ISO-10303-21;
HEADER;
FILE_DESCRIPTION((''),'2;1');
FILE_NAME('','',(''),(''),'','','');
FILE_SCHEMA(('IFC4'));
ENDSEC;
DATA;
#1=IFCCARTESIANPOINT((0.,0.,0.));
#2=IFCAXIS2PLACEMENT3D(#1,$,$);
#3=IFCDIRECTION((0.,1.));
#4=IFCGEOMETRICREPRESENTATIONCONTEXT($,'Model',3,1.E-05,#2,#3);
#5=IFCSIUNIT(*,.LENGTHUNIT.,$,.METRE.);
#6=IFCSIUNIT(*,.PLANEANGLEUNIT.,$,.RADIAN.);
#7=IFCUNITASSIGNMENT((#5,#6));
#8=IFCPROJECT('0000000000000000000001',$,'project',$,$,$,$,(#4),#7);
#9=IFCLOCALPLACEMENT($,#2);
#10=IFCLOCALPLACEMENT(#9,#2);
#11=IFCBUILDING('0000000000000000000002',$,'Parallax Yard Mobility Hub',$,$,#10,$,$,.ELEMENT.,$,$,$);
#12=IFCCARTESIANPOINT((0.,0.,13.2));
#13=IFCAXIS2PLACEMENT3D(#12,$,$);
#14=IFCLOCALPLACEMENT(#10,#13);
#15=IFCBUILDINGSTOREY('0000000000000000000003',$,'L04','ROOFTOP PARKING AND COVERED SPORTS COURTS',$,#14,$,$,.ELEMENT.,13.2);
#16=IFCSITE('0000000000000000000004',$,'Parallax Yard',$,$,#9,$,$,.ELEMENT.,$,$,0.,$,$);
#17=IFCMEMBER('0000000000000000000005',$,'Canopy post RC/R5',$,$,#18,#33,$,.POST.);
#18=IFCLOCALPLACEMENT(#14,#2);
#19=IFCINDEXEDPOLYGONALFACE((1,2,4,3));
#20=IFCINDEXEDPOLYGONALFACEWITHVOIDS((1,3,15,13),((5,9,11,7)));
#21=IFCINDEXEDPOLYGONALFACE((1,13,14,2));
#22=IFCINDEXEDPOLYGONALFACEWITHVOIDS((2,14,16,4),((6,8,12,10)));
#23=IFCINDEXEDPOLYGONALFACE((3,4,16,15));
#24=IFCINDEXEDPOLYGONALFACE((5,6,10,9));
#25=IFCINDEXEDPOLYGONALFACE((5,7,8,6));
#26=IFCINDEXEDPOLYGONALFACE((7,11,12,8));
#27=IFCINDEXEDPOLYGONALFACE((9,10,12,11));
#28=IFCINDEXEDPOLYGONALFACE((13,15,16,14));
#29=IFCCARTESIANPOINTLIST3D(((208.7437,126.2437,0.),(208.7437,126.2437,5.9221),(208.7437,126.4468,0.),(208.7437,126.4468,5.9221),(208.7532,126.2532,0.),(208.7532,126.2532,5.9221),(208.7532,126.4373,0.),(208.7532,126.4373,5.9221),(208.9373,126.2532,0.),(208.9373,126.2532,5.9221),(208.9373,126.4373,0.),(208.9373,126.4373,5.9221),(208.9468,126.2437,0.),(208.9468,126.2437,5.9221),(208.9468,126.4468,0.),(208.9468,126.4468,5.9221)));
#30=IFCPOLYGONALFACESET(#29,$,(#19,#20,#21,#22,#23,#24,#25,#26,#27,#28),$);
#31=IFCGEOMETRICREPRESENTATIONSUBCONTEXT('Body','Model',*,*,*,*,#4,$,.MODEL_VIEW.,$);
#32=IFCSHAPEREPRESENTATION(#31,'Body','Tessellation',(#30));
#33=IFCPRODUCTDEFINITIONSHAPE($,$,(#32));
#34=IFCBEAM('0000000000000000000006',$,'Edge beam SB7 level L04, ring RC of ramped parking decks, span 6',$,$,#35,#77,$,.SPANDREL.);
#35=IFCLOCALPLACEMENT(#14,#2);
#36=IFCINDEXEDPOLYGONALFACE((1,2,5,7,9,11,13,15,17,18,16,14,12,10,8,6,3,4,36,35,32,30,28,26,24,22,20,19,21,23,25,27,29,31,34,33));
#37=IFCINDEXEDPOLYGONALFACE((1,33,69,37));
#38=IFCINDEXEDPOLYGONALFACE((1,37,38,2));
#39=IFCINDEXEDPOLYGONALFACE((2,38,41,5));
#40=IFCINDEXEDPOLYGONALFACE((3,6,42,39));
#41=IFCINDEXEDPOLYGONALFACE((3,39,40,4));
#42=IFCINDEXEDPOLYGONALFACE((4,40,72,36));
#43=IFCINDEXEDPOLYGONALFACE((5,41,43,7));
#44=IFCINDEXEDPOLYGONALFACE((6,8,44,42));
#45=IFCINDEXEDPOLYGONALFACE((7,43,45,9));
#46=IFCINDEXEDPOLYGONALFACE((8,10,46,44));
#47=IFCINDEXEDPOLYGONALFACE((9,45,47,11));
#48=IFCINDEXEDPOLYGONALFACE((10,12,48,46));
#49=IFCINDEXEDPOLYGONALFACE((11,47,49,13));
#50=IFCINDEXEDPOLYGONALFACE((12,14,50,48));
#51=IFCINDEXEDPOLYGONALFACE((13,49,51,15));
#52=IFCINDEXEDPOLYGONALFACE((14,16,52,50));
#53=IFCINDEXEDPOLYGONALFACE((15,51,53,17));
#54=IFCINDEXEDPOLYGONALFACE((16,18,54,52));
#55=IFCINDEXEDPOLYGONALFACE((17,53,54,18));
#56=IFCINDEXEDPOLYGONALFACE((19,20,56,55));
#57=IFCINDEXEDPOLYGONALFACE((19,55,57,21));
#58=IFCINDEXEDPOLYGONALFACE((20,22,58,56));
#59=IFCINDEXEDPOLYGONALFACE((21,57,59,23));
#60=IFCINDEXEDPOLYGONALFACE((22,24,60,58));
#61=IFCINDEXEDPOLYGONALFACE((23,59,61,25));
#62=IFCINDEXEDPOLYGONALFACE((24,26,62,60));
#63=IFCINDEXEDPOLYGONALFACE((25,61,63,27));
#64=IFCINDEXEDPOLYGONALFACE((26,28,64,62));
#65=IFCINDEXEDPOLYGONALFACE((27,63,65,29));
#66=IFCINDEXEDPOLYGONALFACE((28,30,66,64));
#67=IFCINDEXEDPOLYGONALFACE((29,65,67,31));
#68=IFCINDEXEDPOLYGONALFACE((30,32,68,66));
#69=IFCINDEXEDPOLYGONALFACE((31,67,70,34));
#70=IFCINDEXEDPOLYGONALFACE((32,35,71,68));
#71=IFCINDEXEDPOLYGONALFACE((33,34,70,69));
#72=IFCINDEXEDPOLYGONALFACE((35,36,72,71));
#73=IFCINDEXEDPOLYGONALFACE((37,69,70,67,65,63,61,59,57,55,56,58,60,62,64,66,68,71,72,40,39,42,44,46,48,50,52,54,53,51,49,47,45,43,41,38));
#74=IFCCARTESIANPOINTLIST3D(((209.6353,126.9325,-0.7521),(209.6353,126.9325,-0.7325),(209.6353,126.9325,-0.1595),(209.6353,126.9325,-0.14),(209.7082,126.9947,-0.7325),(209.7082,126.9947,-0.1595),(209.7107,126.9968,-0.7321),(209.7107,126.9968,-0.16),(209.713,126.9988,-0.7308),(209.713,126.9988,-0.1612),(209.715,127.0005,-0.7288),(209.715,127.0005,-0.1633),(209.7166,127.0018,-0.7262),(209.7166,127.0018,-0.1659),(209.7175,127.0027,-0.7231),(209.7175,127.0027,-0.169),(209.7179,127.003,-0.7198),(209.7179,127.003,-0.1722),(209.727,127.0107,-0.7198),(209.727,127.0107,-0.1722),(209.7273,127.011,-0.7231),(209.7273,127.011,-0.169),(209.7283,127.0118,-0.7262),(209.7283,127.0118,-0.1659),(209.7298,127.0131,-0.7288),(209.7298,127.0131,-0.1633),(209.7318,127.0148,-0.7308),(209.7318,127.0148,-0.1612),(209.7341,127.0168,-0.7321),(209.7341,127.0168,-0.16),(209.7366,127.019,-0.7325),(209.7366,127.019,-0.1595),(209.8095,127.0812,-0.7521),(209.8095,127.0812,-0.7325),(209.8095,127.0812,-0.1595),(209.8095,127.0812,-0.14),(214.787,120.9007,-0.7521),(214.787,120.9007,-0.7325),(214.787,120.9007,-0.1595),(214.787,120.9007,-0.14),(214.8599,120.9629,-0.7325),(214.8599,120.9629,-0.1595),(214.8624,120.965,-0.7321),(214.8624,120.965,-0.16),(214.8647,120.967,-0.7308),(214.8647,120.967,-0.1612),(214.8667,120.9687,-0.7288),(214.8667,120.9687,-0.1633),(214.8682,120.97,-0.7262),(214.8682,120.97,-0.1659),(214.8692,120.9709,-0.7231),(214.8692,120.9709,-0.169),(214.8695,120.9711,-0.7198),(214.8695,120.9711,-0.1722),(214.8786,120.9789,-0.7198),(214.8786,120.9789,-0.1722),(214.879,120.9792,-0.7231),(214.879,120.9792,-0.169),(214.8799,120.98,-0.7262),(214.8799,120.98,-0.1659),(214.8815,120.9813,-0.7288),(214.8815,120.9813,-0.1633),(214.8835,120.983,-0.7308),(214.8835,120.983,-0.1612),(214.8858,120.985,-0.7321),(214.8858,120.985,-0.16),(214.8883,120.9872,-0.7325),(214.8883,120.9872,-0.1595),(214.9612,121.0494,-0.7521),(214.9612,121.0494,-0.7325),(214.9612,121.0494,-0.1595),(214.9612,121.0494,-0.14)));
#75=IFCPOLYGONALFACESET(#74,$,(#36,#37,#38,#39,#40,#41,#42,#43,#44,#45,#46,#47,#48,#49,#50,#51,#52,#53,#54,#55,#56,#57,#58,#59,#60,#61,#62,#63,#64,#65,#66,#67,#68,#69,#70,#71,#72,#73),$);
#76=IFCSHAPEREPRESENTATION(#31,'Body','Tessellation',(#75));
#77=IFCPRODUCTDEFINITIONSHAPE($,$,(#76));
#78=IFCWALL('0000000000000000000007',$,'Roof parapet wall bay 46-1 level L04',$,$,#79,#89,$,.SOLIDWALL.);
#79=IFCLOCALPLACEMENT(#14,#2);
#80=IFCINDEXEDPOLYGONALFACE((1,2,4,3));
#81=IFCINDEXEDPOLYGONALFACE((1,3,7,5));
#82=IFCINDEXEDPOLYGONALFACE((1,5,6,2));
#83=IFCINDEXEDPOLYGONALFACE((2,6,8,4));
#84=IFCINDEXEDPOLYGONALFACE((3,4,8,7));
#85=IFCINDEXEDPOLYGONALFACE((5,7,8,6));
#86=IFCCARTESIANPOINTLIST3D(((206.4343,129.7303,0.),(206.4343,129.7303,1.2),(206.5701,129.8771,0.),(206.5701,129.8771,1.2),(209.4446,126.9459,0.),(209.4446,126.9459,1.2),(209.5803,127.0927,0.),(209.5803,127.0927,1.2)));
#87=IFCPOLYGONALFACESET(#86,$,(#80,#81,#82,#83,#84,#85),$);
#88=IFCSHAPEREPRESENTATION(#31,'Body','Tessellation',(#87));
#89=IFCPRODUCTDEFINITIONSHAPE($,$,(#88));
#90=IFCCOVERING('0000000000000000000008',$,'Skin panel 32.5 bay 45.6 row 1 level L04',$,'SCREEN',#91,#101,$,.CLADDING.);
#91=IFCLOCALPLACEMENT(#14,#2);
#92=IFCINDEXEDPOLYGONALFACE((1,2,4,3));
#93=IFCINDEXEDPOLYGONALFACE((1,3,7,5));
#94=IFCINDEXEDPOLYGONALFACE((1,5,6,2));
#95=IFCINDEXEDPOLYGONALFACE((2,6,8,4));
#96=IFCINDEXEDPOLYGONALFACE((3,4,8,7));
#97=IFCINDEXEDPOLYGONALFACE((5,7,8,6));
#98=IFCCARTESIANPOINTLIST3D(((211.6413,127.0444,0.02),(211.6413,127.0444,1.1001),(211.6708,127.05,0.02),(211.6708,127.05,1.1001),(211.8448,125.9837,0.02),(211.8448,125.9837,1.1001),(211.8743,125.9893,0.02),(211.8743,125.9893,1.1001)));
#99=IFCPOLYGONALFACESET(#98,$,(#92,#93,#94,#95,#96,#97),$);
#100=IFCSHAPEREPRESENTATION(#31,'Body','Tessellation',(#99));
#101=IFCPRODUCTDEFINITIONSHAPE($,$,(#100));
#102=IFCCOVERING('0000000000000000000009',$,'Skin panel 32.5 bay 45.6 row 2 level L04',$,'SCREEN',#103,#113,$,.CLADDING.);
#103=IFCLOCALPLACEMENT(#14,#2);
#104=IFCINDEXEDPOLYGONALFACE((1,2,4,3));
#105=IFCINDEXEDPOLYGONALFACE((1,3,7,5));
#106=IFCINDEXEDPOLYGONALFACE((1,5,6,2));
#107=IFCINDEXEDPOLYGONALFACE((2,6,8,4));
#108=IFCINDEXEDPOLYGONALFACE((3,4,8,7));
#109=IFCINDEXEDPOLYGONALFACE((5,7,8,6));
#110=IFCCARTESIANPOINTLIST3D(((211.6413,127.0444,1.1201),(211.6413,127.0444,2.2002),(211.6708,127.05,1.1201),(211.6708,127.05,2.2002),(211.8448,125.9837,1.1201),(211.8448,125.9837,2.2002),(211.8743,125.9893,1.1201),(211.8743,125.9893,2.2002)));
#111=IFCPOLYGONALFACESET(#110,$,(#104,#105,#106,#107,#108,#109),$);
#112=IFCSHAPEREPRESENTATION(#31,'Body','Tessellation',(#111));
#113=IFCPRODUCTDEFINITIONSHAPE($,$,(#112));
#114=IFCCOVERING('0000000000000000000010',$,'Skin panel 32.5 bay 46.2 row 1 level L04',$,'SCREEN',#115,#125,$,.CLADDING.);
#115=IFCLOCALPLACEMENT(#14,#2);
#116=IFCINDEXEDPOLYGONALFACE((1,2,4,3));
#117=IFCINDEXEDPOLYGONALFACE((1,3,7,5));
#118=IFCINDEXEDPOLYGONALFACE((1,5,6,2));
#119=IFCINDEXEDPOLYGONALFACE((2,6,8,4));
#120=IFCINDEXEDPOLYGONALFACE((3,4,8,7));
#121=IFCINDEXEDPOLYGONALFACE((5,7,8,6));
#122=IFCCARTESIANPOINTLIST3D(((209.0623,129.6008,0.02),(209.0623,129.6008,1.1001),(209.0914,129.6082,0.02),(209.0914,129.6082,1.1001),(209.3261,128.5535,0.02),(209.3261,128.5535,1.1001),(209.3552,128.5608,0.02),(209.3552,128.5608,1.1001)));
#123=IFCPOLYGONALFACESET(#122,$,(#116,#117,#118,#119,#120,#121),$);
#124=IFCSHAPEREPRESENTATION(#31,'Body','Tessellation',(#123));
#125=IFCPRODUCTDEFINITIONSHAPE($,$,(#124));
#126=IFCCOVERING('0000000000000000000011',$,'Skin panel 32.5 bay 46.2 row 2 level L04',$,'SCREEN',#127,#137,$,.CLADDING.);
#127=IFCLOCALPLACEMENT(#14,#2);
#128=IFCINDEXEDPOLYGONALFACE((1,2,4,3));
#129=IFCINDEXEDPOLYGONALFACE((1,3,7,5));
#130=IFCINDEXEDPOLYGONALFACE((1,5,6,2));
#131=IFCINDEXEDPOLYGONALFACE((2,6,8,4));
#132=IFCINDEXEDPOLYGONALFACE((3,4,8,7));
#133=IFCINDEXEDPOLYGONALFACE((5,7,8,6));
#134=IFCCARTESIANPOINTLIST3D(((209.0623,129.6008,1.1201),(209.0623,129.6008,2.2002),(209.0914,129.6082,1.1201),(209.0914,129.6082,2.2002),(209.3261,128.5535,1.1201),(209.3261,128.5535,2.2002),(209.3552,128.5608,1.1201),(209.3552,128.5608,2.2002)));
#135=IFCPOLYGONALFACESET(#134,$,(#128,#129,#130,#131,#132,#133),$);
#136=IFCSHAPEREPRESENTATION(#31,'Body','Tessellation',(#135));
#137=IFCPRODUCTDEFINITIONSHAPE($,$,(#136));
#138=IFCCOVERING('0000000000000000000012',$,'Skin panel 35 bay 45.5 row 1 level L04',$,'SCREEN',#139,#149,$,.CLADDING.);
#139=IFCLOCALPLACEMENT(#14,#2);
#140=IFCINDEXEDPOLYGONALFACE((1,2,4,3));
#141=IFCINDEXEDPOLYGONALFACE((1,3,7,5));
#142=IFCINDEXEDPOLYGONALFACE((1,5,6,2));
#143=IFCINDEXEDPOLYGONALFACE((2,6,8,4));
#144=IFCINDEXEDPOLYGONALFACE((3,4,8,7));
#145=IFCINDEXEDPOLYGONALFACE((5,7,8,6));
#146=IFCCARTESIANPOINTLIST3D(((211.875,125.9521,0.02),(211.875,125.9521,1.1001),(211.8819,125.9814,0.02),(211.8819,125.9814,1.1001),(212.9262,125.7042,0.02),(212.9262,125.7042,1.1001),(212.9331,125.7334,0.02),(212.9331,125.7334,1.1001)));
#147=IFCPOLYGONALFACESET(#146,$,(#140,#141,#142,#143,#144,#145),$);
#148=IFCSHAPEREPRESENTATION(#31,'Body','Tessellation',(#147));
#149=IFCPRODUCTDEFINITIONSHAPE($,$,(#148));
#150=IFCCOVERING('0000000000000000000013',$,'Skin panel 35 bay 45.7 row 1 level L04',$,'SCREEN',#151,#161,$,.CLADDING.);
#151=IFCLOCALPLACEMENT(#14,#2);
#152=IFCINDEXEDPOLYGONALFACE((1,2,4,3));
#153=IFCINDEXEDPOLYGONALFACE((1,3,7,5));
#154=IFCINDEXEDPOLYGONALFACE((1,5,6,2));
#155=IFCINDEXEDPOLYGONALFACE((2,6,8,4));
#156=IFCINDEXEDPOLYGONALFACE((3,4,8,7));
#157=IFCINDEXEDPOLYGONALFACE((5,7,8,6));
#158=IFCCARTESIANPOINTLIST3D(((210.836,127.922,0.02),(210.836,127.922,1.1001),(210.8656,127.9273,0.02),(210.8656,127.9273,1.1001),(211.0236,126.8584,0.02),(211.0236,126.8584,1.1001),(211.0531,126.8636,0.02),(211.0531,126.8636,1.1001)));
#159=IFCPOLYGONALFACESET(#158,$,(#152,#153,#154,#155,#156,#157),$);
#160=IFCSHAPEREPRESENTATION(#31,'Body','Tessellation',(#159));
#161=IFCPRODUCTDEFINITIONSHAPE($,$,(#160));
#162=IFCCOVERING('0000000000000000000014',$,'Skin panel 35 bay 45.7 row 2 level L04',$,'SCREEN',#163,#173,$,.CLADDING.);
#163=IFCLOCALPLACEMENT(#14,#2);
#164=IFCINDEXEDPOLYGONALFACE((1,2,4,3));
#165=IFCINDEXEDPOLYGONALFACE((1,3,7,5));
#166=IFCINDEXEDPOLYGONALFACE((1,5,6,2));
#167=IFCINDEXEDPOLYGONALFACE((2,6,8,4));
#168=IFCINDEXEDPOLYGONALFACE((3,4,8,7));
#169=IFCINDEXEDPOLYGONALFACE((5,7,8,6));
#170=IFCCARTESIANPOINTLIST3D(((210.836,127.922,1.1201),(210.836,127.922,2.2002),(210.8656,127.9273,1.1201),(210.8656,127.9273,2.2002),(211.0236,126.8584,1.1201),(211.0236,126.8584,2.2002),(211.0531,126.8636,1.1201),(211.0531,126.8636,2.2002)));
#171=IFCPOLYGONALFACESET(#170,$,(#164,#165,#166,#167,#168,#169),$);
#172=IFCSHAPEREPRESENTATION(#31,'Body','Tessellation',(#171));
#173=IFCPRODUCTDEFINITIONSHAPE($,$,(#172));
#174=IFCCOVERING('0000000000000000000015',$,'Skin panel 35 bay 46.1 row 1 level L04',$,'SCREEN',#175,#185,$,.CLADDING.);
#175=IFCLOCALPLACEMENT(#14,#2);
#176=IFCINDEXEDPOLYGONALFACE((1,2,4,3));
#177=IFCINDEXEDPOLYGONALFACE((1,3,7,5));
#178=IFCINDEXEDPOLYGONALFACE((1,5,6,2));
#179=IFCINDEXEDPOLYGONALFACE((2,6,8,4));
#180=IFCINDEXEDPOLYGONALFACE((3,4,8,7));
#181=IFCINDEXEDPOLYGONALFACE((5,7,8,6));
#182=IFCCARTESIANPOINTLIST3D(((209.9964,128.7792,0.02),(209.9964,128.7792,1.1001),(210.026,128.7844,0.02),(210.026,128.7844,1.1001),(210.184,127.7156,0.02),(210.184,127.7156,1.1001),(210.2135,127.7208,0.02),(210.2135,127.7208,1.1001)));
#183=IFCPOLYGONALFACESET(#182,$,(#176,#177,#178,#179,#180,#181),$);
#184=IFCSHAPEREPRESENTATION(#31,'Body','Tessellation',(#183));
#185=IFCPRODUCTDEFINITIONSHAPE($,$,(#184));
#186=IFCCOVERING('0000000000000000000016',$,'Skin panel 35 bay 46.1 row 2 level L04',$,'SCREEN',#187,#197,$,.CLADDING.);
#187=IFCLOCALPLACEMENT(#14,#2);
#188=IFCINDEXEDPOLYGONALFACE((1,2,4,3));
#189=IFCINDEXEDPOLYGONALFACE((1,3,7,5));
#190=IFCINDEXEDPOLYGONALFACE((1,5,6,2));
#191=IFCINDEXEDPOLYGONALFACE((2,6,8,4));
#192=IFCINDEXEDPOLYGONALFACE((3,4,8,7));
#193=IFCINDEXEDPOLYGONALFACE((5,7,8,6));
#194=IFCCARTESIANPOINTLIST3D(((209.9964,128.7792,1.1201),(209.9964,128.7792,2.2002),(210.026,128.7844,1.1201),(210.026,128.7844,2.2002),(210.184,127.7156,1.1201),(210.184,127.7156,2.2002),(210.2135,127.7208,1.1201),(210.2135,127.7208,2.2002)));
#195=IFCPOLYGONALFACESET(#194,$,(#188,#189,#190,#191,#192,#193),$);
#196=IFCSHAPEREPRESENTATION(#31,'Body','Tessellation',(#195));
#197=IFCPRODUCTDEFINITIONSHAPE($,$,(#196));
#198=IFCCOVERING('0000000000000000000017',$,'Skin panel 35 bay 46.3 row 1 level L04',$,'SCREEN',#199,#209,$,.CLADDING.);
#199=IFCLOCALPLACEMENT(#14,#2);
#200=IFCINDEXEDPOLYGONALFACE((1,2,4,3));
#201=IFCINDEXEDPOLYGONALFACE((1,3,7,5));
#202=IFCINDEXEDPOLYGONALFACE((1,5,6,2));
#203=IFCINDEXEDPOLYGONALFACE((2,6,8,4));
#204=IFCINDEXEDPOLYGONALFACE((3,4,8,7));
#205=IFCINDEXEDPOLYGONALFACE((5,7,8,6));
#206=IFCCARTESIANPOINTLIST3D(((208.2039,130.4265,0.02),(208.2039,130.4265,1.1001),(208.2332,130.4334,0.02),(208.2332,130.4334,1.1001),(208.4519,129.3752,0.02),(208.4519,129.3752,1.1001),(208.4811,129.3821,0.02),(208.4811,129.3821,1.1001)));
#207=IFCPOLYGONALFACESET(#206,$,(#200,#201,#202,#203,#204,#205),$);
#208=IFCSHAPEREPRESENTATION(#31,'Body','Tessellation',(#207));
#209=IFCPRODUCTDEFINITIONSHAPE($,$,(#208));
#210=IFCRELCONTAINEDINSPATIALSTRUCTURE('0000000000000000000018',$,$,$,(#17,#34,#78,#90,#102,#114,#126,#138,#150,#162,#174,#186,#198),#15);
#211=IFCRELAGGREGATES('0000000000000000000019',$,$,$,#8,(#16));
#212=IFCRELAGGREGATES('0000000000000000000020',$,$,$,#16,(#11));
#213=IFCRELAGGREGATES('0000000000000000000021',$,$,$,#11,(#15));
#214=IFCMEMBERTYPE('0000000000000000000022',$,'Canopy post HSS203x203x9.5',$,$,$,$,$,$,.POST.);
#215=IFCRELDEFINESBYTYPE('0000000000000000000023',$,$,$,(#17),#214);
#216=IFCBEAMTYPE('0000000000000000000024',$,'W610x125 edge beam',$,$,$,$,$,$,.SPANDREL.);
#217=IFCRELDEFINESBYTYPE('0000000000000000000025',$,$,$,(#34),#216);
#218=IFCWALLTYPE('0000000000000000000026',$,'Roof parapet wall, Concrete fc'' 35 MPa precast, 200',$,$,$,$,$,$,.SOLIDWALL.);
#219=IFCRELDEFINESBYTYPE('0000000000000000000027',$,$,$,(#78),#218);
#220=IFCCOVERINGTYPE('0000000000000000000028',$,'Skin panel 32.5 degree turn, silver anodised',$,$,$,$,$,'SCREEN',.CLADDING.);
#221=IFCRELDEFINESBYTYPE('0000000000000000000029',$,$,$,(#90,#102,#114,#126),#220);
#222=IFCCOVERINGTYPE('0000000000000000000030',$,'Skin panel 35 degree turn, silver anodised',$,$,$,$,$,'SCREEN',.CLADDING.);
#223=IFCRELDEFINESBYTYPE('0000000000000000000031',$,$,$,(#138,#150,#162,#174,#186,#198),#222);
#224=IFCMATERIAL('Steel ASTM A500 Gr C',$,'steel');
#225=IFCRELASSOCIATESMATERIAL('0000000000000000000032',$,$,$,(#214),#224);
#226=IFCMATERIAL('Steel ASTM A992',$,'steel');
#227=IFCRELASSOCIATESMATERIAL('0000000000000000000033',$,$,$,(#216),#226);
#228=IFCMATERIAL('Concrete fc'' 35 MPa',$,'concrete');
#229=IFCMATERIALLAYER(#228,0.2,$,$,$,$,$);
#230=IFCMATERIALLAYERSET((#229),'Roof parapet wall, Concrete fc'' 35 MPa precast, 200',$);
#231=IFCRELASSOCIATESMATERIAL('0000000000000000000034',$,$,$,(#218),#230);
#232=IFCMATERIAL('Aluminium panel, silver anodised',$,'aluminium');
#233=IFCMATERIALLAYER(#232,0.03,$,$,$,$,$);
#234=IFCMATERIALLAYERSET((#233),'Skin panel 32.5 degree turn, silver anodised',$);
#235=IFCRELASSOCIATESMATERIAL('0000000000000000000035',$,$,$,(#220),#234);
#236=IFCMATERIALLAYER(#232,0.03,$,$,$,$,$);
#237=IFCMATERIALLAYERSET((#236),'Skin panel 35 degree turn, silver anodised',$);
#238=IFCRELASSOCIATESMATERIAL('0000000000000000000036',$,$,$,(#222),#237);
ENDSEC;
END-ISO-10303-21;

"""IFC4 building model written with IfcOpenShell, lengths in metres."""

from ifc_helpers import new_model, si_unit, direction, frame, frame_2d, origin, origin_2d, place, context, subcontext, project, spatial, rectangle, hollow_rectangle, i_section, extrude, material, layer, layer_set, material_profile, profile_set, type_object, element, save


model = new_model("IFC4")

# Units and contexts
model_context = context("Model", 3, precision=1e-05, world=origin(), true_north=direction((0.0, 1.0)))
body_context = subcontext(model_context, "Body", "Model", "MODEL_VIEW")
ifc_project = project(units=[si_unit("LENGTHUNIT", "METRE"), si_unit("PLANEANGLEUNIT", "RADIAN")], contexts=[model_context])

# Site, building, storey
site_placement = place(None, origin())
site = spatial("IfcSite", under=ifc_project, at=site_placement, Name="Parallax Yard", CompositionType="ELEMENT", RefElevation=0.0)
building_placement = place(site_placement, origin())
building = spatial("IfcBuilding", under=site, at=building_placement, Name="Parallax Yard Mobility Hub", CompositionType="ELEMENT")
storey_placement = place(building_placement, frame((0.0, 0.0, 13.2)))
storey = spatial("IfcBuildingStorey", under=building, at=storey_placement, Name="L04", Description="ROOFTOP PARKING AND COVERED SPORTS COURTS", CompositionType="ELEMENT", Elevation=13.2)

# Member
ifc_material_1 = material(Name="Steel ASTM A500 Gr C", Category="steel")
ifc_material_profile_1 = material_profile(ifc_material_1, hollow_rectangle(XDim=0.2031, YDim=0.2031, WallThickness=0.0095, at=origin_2d()), Name="HSS203x203x9.5")
ifc_profile_set_1 = profile_set([ifc_material_profile_1], Name="Steel ASTM A500 Gr C")
member_type = type_object("IfcMemberType", Name="Canopy post HSS203x203x9.5", PredefinedType="POST", material=ifc_profile_set_1)
member_placement = place(storey_placement, frame((208.8452, 126.3452, 0.0), z_axis=(0.0, 0.0, 1.0), x_axis=(1.0, 0.0, 0.0)))
element("IfcMember", 1, at=member_placement, inside=storey, type_object=member_type, Name="Canopy post RC/R5", PredefinedType="POST", context=body_context, shape_type="SweptSolid", body=[
    extrude(hollow_rectangle(XDim=0.2031, YDim=0.2031, WallThickness=0.0095, at=origin_2d()), origin(), (0.0, 0.0, 1.0), 5.9221),
])

# Beam
ifc_material_2 = material(Name="Steel ASTM A992", Category="steel")
ifc_material_profile_2 = material_profile(ifc_material_2, i_section(OverallWidth=0.229, OverallDepth=0.6121, WebThickness=0.012, FlangeThickness=0.0195, FilletRadius=0.0127, at=origin_2d()), Name="W610x125")
ifc_profile_set_2 = profile_set([ifc_material_profile_2], Name="Steel ASTM A992")
beam_type = type_object("IfcBeamType", Name="W610x125 edge beam", PredefinedType="SPANDREL", material=ifc_profile_set_2)
beam_placement = place(storey_placement, frame((209.7224, 127.0068, -0.446), z_axis=(0.64945, -0.760405, 0.0), x_axis=(0.760405, 0.64945, 0.0)))
element("IfcBeam", 2, at=beam_placement, inside=storey, type_object=beam_type, Name="Edge beam SB7 level L04, ring RC of ramped parking decks, span 6", PredefinedType="SPANDREL", context=body_context, shape_type="SweptSolid", body=[
    extrude(i_section(OverallWidth=0.229, OverallDepth=0.6121, WebThickness=0.012, FlangeThickness=0.0195, FilletRadius=0.0127, at=origin_2d()), origin(), (0.0, 0.0, 1.0), 7.9324),
])

# Wall
ifc_material_3 = material(Name="Concrete fc' 35 MPa", Category="concrete")
ifc_layer_1 = layer(ifc_material_3, 0.2)
ifc_layer_set_1 = layer_set([ifc_layer_1], Name="Roof parapet wall, Concrete fc' 35 MPa precast, 200")
wall_type = type_object("IfcWallType", Name="Roof parapet wall, Concrete fc' 35 MPa precast, 200", PredefinedType="SOLIDWALL", material=ifc_layer_set_1)
wall_placement = place(storey_placement, frame((209.5125, 127.0193, 0.0), z_axis=(0.0, 0.0, 1.0), x_axis=(-0.734107, 0.679034, 0.0)))
element("IfcWall", 3, at=wall_placement, inside=storey, type_object=wall_type, Name="Roof parapet wall bay 46-1 level L04", PredefinedType="SOLIDWALL", context=body_context, shape_type="SweptSolid", body=[
    extrude(rectangle(XDim=4.1006, YDim=0.2, at=frame_2d((2.0503, 0.0))), origin(), (0.0, 0.0, 1.0), 1.2),
])

# Coverings
ifc_material_4 = material(Name="Aluminium panel, silver anodised", Category="aluminium")
ifc_layer_2 = layer(ifc_material_4, 0.03)
ifc_layer_set_2 = layer_set([ifc_layer_2], Name="Skin panel 32.5 degree turn, silver anodised")
covering_type_1 = type_object("IfcCoveringType", Name="Skin panel 32.5 degree turn, silver anodised", ElementType="SCREEN", PredefinedType="CLADDING", material=ifc_layer_set_2)
for number, where, z_axis, x_axis, name in (
    (4, (211.7578, 126.5168, 0.02), (0.0, 0.0, 1.0), (-0.188472, 0.982079, 0.0), "Skin panel 32.5 bay 45.6 row 1 level L04"),
    (5, (211.7578, 126.5168, 1.1201), (0.0, 0.0, 1.0), (-0.188472, 0.982079, 0.0), "Skin panel 32.5 bay 45.6 row 2 level L04"),
    (6, (209.2087, 129.0808, 0.02), (0.0, 0.0, 1.0), (-0.244231, 0.969717, 0.0), "Skin panel 32.5 bay 46.2 row 1 level L04"),
    (7, (209.2087, 129.0808, 1.1201), (0.0, 0.0, 1.0), (-0.244231, 0.969717, 0.0), "Skin panel 32.5 bay 46.2 row 2 level L04"),
):
    element("IfcCovering", number, at=place(storey_placement, frame(where, z_axis=z_axis, x_axis=x_axis)), inside=storey, type_object=covering_type_1, Name=name, ObjectType="SCREEN", PredefinedType="CLADDING", context=body_context, shape_type="SweptSolid", body=[
        extrude(rectangle(XDim=1.0801, YDim=0.03, at=origin_2d()), origin(), (0.0, 0.0, 1.0), 1.0801),
    ])
ifc_layer_3 = layer(ifc_material_4, 0.03)
ifc_layer_set_3 = layer_set([ifc_layer_3], Name="Skin panel 35 degree turn, silver anodised")
covering_type_2 = type_object("IfcCoveringType", Name="Skin panel 35 degree turn, silver anodised", ElementType="SCREEN", PredefinedType="CLADDING", material=ifc_layer_set_3)
for number, where, z_axis, x_axis, name in (
    (8, (212.4041, 125.8428, 0.02), (0.0, 0.0, 1.0), (0.973288, -0.229586, 0.0), "Skin panel 35 bay 45.5 row 1 level L04"),
    (9, (210.9446, 127.3928, 0.02), (0.0, 0.0, 1.0), (-0.173648, 0.984808, 0.0), "Skin panel 35 bay 45.7 row 1 level L04"),
    (10, (210.9446, 127.3928, 1.1201), (0.0, 0.0, 1.0), (-0.173648, 0.984808, 0.0), "Skin panel 35 bay 45.7 row 2 level L04"),
    (11, (210.105, 128.25, 0.02), (0.0, 0.0, 1.0), (-0.173648, 0.984808, 0.0), "Skin panel 35 bay 46.1 row 1 level L04"),
    (12, (210.105, 128.25, 1.1201), (0.0, 0.0, 1.0), (-0.173648, 0.984808, 0.0), "Skin panel 35 bay 46.1 row 2 level L04"),
    (13, (208.3425, 129.9043, 0.02), (0.0, 0.0, 1.0), (-0.229586, 0.973288, 0.0), "Skin panel 35 bay 46.3 row 1 level L04"),
):
    element("IfcCovering", number, at=place(storey_placement, frame(where, z_axis=z_axis, x_axis=x_axis)), inside=storey, type_object=covering_type_2, Name=name, ObjectType="SCREEN", PredefinedType="CLADDING", context=body_context, shape_type="SweptSolid", body=[
        extrude(rectangle(XDim=1.0801, YDim=0.03, at=origin_2d()), origin(), (0.0, 0.0, 1.0), 1.0801),
    ])

save(model, "model.ifc")
